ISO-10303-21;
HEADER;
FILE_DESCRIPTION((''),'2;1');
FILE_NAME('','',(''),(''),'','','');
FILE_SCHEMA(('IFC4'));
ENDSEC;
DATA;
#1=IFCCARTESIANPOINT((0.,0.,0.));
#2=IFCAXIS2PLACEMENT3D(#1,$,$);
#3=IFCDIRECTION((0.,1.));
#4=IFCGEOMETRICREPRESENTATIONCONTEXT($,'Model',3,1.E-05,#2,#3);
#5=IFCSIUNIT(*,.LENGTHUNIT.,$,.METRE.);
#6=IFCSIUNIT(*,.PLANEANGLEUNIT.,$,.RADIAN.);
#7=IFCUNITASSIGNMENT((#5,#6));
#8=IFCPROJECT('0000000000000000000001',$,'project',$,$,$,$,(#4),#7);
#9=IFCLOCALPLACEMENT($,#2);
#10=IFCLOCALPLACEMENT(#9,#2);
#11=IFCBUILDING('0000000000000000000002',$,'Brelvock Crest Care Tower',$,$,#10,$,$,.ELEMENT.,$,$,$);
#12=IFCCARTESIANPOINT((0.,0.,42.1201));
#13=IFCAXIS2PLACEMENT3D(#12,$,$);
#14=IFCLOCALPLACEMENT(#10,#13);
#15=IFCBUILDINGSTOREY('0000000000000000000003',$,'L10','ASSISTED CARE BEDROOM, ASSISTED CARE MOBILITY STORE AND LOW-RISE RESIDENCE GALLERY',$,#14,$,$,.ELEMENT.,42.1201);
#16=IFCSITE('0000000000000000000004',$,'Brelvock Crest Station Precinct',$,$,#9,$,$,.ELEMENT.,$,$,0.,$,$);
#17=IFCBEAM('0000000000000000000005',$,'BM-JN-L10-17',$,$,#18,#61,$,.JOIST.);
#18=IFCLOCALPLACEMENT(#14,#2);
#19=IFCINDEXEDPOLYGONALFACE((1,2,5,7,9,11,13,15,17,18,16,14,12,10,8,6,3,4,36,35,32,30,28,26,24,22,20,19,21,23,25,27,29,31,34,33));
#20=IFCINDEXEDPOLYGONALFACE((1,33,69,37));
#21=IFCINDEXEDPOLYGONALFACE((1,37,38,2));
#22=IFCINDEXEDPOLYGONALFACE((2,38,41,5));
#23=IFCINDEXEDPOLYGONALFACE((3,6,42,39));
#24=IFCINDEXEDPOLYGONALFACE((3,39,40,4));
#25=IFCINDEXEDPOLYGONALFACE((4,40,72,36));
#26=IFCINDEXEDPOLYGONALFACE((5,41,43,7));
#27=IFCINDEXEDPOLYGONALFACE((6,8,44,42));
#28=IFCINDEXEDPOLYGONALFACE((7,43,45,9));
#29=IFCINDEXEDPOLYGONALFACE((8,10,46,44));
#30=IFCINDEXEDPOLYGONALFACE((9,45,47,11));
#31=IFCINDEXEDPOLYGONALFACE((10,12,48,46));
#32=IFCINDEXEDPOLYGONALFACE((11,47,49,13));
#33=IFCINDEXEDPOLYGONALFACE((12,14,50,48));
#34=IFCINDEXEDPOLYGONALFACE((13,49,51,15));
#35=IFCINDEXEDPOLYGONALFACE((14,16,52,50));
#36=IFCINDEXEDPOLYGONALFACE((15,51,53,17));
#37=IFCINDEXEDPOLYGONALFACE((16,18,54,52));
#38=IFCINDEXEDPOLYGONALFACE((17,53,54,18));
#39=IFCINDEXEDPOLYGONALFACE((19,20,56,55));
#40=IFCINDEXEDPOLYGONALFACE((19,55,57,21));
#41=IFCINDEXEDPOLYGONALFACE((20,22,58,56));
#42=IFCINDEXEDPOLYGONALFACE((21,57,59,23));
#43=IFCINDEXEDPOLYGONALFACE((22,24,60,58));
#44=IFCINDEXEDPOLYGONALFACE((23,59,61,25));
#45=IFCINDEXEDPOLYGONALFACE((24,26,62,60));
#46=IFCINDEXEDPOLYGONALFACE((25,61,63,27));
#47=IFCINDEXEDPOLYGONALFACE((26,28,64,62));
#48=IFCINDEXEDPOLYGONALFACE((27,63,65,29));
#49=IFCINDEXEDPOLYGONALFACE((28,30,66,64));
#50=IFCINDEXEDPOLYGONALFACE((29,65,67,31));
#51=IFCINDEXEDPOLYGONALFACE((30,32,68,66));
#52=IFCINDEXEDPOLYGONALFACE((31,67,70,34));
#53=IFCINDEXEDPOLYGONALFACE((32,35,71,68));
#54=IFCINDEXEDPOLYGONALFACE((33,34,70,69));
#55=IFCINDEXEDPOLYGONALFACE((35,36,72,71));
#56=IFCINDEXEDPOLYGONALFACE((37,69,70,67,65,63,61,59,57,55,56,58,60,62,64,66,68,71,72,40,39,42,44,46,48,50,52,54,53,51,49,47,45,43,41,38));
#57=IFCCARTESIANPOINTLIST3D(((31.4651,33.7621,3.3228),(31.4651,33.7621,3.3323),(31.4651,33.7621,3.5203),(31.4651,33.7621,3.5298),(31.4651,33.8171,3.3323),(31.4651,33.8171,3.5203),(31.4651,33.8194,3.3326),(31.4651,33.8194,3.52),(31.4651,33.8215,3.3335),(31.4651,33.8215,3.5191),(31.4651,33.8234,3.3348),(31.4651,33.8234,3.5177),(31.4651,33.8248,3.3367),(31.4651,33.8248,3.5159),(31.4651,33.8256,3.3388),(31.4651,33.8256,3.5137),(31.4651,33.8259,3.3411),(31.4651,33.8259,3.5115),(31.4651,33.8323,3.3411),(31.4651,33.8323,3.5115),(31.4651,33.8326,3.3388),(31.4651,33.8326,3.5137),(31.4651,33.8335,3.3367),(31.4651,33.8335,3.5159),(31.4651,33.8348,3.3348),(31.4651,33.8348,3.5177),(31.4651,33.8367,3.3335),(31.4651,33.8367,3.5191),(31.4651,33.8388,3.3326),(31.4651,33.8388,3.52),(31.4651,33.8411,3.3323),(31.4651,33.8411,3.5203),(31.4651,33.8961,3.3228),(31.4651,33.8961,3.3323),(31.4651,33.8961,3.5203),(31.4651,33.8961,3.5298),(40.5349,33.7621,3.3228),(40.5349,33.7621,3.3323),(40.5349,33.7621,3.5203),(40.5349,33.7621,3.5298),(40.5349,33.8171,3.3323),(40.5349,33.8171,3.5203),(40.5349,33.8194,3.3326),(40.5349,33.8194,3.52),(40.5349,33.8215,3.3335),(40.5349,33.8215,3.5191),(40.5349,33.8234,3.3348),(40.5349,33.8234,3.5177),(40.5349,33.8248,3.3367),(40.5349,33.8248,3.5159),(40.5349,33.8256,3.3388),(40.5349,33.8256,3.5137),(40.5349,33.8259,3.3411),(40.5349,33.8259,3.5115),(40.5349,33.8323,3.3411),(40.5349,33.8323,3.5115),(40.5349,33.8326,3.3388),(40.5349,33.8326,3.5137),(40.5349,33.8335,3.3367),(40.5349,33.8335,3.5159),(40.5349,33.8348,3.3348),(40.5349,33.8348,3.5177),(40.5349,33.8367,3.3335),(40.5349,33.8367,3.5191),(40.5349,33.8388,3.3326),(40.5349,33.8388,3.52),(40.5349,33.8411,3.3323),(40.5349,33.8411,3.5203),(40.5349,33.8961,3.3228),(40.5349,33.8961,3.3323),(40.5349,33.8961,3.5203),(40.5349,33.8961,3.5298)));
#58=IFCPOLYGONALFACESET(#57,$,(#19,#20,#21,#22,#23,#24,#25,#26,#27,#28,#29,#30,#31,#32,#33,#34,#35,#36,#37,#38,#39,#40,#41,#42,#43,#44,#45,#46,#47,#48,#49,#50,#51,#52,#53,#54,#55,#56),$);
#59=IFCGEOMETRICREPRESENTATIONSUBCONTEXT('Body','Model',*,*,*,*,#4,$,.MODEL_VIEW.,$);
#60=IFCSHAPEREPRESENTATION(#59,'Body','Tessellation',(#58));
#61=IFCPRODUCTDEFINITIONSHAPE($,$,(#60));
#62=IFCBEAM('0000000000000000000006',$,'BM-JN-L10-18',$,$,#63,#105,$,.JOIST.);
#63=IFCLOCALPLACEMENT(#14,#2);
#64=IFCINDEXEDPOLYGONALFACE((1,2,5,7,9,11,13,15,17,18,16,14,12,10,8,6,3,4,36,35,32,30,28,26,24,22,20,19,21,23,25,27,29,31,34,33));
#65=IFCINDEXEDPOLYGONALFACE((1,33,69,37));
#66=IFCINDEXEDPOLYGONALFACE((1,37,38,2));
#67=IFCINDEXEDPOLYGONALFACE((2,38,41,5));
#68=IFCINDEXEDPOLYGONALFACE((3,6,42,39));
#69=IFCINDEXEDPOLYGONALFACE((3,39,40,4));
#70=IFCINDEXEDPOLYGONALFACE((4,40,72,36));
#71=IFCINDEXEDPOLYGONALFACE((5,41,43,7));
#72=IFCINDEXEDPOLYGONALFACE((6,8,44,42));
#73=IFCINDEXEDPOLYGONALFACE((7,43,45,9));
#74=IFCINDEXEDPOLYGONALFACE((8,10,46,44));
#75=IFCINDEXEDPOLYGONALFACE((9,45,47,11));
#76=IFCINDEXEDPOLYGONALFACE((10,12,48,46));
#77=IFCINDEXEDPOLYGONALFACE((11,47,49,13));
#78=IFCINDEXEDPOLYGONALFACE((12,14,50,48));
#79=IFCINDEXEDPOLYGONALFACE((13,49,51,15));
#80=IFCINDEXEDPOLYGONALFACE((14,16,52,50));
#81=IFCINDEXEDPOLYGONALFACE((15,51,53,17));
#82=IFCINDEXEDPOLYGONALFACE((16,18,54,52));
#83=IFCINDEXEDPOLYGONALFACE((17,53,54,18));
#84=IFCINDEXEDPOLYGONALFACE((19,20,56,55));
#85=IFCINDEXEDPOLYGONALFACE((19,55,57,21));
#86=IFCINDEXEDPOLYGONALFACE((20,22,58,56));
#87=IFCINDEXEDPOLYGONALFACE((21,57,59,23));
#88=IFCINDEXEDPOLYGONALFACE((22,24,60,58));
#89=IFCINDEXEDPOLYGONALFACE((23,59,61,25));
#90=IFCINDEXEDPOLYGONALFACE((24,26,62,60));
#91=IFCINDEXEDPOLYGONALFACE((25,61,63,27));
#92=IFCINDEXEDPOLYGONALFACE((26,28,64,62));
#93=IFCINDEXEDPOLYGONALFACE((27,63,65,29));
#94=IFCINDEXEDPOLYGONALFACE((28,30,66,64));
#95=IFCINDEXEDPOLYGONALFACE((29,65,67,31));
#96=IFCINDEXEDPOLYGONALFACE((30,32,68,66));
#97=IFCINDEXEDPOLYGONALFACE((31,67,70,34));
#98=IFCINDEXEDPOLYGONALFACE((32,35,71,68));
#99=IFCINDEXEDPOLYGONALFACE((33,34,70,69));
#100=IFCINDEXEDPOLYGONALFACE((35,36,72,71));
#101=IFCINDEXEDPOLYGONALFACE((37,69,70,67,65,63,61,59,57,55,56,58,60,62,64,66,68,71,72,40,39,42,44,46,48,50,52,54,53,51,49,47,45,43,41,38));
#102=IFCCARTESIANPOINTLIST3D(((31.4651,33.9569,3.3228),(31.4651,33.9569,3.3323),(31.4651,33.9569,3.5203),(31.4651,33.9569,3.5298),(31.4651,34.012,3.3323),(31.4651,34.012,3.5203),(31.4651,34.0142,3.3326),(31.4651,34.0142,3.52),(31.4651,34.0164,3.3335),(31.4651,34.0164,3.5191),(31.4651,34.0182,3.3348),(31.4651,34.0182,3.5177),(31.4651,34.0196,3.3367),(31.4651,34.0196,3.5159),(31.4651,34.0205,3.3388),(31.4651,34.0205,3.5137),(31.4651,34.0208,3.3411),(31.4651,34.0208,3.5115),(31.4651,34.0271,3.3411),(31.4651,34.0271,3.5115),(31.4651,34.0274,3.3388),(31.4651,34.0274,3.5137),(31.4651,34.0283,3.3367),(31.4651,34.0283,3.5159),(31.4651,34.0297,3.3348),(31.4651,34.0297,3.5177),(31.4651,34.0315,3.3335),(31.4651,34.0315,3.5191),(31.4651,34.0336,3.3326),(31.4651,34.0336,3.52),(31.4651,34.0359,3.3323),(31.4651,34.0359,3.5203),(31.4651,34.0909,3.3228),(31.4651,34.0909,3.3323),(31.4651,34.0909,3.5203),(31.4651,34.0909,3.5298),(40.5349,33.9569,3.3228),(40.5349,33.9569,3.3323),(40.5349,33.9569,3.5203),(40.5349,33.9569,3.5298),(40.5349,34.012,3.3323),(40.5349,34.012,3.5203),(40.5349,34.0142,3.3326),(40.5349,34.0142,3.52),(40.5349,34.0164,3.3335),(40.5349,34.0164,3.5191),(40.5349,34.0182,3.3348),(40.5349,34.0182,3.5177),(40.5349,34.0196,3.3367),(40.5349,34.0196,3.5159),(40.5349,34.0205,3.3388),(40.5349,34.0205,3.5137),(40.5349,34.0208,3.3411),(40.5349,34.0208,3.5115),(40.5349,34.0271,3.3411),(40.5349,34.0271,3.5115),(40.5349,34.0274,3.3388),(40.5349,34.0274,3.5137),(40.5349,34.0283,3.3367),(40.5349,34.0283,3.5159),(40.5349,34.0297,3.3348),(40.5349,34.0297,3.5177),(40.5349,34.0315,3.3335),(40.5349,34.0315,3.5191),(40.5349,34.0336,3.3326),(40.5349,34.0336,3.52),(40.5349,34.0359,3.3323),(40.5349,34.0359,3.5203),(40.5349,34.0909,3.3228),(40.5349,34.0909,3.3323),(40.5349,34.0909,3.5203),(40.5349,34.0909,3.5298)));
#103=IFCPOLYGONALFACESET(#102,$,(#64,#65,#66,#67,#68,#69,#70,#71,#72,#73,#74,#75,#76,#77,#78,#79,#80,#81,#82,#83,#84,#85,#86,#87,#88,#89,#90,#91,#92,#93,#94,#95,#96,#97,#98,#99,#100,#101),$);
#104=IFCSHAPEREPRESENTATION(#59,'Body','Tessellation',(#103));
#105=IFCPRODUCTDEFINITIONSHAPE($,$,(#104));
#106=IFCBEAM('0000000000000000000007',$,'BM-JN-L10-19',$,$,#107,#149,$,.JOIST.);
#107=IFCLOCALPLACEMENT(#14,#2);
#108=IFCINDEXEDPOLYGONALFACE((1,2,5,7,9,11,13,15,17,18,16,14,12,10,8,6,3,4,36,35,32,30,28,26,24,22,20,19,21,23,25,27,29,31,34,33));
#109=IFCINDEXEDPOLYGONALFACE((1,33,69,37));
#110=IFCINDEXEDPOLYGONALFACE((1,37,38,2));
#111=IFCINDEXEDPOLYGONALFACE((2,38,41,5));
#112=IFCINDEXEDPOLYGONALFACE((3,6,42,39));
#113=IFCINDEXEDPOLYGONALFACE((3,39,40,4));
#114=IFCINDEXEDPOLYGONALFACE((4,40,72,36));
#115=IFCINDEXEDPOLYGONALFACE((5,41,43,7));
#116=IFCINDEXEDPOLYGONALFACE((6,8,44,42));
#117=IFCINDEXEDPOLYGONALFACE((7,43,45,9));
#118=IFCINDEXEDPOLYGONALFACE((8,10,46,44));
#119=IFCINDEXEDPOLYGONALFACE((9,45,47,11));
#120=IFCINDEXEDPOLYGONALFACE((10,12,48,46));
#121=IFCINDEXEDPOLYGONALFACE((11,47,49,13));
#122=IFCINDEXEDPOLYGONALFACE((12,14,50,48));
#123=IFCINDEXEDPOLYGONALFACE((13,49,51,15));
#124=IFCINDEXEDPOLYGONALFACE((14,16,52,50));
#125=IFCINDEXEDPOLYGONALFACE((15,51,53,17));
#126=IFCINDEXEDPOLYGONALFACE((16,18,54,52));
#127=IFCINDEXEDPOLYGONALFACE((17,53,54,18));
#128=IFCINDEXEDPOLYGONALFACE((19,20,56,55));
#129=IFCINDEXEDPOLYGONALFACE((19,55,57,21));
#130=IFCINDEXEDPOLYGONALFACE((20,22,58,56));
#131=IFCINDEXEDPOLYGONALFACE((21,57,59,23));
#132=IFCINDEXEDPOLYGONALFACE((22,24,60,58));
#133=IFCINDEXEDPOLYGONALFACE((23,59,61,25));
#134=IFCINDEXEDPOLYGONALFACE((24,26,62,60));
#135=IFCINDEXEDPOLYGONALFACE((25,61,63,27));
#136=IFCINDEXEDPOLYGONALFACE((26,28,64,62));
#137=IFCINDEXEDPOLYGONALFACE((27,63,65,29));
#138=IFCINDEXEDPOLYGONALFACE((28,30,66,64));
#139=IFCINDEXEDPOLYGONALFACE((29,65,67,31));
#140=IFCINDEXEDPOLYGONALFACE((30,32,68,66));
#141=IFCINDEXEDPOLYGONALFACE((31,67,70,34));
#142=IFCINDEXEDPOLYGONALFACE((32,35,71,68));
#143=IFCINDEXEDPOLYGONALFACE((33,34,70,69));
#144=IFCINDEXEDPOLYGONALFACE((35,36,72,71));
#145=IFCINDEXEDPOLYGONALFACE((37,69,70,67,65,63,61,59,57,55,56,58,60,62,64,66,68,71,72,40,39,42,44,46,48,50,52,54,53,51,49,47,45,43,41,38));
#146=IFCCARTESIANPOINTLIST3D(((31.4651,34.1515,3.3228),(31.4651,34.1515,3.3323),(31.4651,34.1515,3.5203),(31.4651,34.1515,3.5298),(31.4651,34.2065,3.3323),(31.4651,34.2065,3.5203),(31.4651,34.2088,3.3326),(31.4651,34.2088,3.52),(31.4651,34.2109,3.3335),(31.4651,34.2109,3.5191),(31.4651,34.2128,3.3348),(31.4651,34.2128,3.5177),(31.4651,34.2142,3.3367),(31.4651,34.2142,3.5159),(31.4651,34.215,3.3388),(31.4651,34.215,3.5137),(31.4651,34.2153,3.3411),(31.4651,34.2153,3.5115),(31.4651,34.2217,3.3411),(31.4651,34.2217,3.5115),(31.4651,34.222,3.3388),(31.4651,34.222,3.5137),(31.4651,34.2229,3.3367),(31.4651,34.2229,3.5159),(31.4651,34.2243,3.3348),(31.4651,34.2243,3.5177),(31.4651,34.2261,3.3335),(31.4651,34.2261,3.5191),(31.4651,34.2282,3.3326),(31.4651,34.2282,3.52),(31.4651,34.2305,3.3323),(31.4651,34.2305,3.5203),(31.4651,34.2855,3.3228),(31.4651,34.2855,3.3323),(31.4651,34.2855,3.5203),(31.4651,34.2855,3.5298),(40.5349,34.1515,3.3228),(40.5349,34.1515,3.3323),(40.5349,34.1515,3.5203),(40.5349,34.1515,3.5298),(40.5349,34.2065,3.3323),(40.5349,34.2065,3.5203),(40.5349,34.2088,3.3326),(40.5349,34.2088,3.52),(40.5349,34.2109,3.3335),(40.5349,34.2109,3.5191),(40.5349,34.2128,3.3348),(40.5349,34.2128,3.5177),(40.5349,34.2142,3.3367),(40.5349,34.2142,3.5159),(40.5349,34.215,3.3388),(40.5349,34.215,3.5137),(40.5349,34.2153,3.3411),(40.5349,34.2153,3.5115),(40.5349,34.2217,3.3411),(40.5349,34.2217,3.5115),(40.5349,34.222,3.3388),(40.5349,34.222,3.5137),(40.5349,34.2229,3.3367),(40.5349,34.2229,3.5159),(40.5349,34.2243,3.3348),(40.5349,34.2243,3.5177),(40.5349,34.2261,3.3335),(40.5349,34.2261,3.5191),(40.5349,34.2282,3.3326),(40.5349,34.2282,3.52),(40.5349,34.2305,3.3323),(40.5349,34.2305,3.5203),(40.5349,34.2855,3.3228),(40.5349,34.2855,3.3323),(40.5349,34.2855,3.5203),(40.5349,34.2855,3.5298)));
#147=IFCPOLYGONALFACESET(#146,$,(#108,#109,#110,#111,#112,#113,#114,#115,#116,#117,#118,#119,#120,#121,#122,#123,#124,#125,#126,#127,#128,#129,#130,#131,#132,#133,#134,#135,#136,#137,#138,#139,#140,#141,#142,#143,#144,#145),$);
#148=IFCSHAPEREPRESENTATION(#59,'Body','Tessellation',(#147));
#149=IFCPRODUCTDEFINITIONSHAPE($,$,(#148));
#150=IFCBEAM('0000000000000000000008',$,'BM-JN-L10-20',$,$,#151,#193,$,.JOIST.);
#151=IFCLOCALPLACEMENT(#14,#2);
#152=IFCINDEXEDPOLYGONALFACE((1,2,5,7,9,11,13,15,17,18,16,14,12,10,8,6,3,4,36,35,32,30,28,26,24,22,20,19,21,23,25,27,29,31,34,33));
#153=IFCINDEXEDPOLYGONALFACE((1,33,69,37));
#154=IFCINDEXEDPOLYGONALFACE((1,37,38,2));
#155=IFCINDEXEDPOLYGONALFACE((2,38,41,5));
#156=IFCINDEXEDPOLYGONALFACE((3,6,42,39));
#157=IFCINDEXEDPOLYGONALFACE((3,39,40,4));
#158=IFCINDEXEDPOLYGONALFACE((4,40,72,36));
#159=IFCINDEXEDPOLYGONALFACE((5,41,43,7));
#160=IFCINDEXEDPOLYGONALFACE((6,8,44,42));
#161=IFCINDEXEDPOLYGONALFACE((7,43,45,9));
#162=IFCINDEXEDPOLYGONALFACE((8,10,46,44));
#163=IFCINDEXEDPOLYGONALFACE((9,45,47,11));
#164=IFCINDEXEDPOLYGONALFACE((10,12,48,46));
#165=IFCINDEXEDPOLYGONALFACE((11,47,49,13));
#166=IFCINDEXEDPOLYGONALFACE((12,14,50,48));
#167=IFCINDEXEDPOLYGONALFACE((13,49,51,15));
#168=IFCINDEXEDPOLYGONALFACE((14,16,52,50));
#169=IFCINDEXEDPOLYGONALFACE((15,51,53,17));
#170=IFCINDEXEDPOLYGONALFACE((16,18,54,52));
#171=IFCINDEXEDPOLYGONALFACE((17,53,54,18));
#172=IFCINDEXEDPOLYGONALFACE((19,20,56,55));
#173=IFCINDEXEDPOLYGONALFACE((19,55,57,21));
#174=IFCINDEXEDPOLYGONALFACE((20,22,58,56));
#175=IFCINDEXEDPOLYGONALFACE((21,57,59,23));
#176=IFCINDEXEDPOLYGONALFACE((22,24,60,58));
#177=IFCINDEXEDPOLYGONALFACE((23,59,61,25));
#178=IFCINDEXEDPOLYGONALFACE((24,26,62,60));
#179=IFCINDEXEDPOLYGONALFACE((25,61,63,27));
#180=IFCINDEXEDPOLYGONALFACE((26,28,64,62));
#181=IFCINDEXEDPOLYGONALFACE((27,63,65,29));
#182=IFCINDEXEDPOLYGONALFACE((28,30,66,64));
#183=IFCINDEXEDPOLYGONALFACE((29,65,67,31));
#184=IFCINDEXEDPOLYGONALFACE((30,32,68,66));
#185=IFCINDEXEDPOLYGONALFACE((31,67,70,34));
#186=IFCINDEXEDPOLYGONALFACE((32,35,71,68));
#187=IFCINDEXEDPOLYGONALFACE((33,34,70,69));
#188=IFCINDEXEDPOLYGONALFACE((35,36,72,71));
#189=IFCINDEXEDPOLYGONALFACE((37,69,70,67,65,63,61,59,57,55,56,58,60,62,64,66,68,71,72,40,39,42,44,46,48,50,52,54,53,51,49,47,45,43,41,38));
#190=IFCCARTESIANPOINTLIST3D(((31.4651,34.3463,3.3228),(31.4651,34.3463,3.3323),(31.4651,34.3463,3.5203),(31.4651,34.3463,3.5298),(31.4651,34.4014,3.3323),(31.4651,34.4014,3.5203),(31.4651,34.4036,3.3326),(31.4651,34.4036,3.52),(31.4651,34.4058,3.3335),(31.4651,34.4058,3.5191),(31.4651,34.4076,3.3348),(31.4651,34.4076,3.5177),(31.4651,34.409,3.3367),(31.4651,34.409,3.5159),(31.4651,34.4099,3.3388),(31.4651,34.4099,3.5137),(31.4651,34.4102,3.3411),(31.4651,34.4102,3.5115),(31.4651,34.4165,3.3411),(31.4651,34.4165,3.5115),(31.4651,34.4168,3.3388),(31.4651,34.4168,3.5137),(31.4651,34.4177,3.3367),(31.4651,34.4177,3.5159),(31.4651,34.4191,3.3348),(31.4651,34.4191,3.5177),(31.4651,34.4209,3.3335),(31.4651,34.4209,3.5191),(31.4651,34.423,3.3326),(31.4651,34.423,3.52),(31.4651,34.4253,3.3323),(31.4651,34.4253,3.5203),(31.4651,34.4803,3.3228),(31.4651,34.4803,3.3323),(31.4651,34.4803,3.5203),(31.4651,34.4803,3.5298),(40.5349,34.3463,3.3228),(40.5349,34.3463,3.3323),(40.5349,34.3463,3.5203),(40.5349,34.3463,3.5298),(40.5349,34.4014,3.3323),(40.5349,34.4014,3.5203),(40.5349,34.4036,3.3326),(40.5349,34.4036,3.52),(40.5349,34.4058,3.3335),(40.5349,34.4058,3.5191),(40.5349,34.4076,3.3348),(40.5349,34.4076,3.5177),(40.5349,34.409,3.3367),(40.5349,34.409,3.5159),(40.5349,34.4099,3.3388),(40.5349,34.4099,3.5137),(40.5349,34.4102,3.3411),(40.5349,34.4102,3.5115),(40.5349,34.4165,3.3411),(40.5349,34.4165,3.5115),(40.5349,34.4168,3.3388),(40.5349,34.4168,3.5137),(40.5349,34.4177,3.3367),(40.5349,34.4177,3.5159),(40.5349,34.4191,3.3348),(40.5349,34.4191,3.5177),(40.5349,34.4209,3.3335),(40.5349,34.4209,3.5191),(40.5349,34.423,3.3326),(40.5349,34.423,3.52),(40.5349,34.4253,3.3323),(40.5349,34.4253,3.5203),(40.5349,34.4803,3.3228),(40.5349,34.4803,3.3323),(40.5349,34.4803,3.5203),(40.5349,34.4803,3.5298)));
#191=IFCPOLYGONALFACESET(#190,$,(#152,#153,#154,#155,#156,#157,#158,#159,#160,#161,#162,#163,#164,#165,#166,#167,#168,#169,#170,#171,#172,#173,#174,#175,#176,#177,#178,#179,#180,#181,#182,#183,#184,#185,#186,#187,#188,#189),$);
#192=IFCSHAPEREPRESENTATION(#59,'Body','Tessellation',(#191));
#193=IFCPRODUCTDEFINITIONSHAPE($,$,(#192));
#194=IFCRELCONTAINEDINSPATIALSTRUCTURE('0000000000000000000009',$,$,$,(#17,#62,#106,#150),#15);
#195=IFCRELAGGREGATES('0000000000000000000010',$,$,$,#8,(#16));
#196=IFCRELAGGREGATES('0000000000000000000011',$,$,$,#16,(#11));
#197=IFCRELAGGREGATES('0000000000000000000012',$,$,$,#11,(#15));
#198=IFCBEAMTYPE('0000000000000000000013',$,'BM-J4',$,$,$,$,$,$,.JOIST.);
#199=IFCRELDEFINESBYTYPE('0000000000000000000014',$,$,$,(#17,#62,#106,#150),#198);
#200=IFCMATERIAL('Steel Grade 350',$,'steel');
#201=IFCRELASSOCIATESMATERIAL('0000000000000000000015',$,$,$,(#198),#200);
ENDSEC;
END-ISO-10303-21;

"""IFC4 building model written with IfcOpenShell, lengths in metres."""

from ifc_helpers import new_model, si_unit, direction, frame, origin, origin_2d, place, context, subcontext, project, spatial, i_section, extrude, source, transform, mapped, material, material_profile, profile_set, type_object, element, save


model = new_model("IFC4")

# Units and contexts
model_context = context("Model", 3, precision=1e-05, world=origin(), true_north=direction((0.0, 1.0)))
body_context = subcontext(model_context, "Body", "Model", "MODEL_VIEW")
ifc_project = project(units=[si_unit("LENGTHUNIT", "METRE"), si_unit("PLANEANGLEUNIT", "RADIAN")], contexts=[model_context])

# Site, building, storey
site_placement = place(None, origin())
site = spatial("IfcSite", under=ifc_project, at=site_placement, Name="Brelvock Crest Station Precinct", CompositionType="ELEMENT", RefElevation=0.0)
building_placement = place(site_placement, origin())
building = spatial("IfcBuilding", under=site, at=building_placement, Name="Brelvock Crest Care Tower", CompositionType="ELEMENT")
storey_placement = place(building_placement, frame((0.0, 0.0, 42.1201)))
storey = spatial("IfcBuildingStorey", under=building, at=storey_placement, Name="L10", Description="ASSISTED CARE BEDROOM, ASSISTED CARE MOBILITY STORE AND LOW-RISE RESIDENCE GALLERY", CompositionType="ELEMENT", Elevation=42.1201)

# Shared definitions
ifc_material_1 = material(Name="Steel Grade 350", Category="steel")

# Beams
ifc_material_profile_1 = material_profile(ifc_material_1, i_section(OverallWidth=0.134, OverallDepth=0.207, WebThickness=0.0063, FlangeThickness=0.0095, FilletRadius=0.0088, at=origin_2d()), Name="200UB29.8")
ifc_profile_set_1 = profile_set([ifc_material_profile_1], Name="Steel Grade 350")
beam_type_1 = type_object("IfcBeamType", Name="BM-J4", PredefinedType="JOIST", material=ifc_profile_set_1)
shared_shape_1 = source(origin(), body_context, "Body", "SweptSolid", [
    extrude(i_section(OverallWidth=0.134, OverallDepth=0.207, WebThickness=0.0063, FlangeThickness=0.0095, FilletRadius=0.0088, at=origin_2d()), origin(), (0.0, 0.0, 1.0), 9.0698),
])
for number, where, z_axis, x_axis, name in (
    (1, (31.4651, 33.8291, 3.4263), (1.0, 0.0, 0.0), (0.0, 1.0, 0.0), "BM-JN-L10-17"),
    (2, (31.4651, 34.0239, 3.4263), (1.0, 0.0, 0.0), (0.0, 1.0, 0.0), "BM-JN-L10-18"),
    (3, (31.4651, 34.2185, 3.4263), (1.0, 0.0, 0.0), (0.0, 1.0, 0.0), "BM-JN-L10-19"),
    (4, (31.4651, 34.4133, 3.4263), (1.0, 0.0, 0.0), (0.0, 1.0, 0.0), "BM-JN-L10-20"),
):
    element("IfcBeam", number, at=place(storey_placement, frame(where, z_axis=z_axis, x_axis=x_axis)), inside=storey, type_object=beam_type_1, Name=name, PredefinedType="JOIST", context=body_context, shape_type="MappedRepresentation", body=[
        mapped(shared_shape_1, transform((0.0, 0.0, 0.0), x_axis=(1.0, 0.0, 0.0), y_axis=(0.0, 1.0, 0.0), z_axis=(0.0, 0.0, 1.0), scale=1.0)),
    ])

save(model, "model.ifc")
